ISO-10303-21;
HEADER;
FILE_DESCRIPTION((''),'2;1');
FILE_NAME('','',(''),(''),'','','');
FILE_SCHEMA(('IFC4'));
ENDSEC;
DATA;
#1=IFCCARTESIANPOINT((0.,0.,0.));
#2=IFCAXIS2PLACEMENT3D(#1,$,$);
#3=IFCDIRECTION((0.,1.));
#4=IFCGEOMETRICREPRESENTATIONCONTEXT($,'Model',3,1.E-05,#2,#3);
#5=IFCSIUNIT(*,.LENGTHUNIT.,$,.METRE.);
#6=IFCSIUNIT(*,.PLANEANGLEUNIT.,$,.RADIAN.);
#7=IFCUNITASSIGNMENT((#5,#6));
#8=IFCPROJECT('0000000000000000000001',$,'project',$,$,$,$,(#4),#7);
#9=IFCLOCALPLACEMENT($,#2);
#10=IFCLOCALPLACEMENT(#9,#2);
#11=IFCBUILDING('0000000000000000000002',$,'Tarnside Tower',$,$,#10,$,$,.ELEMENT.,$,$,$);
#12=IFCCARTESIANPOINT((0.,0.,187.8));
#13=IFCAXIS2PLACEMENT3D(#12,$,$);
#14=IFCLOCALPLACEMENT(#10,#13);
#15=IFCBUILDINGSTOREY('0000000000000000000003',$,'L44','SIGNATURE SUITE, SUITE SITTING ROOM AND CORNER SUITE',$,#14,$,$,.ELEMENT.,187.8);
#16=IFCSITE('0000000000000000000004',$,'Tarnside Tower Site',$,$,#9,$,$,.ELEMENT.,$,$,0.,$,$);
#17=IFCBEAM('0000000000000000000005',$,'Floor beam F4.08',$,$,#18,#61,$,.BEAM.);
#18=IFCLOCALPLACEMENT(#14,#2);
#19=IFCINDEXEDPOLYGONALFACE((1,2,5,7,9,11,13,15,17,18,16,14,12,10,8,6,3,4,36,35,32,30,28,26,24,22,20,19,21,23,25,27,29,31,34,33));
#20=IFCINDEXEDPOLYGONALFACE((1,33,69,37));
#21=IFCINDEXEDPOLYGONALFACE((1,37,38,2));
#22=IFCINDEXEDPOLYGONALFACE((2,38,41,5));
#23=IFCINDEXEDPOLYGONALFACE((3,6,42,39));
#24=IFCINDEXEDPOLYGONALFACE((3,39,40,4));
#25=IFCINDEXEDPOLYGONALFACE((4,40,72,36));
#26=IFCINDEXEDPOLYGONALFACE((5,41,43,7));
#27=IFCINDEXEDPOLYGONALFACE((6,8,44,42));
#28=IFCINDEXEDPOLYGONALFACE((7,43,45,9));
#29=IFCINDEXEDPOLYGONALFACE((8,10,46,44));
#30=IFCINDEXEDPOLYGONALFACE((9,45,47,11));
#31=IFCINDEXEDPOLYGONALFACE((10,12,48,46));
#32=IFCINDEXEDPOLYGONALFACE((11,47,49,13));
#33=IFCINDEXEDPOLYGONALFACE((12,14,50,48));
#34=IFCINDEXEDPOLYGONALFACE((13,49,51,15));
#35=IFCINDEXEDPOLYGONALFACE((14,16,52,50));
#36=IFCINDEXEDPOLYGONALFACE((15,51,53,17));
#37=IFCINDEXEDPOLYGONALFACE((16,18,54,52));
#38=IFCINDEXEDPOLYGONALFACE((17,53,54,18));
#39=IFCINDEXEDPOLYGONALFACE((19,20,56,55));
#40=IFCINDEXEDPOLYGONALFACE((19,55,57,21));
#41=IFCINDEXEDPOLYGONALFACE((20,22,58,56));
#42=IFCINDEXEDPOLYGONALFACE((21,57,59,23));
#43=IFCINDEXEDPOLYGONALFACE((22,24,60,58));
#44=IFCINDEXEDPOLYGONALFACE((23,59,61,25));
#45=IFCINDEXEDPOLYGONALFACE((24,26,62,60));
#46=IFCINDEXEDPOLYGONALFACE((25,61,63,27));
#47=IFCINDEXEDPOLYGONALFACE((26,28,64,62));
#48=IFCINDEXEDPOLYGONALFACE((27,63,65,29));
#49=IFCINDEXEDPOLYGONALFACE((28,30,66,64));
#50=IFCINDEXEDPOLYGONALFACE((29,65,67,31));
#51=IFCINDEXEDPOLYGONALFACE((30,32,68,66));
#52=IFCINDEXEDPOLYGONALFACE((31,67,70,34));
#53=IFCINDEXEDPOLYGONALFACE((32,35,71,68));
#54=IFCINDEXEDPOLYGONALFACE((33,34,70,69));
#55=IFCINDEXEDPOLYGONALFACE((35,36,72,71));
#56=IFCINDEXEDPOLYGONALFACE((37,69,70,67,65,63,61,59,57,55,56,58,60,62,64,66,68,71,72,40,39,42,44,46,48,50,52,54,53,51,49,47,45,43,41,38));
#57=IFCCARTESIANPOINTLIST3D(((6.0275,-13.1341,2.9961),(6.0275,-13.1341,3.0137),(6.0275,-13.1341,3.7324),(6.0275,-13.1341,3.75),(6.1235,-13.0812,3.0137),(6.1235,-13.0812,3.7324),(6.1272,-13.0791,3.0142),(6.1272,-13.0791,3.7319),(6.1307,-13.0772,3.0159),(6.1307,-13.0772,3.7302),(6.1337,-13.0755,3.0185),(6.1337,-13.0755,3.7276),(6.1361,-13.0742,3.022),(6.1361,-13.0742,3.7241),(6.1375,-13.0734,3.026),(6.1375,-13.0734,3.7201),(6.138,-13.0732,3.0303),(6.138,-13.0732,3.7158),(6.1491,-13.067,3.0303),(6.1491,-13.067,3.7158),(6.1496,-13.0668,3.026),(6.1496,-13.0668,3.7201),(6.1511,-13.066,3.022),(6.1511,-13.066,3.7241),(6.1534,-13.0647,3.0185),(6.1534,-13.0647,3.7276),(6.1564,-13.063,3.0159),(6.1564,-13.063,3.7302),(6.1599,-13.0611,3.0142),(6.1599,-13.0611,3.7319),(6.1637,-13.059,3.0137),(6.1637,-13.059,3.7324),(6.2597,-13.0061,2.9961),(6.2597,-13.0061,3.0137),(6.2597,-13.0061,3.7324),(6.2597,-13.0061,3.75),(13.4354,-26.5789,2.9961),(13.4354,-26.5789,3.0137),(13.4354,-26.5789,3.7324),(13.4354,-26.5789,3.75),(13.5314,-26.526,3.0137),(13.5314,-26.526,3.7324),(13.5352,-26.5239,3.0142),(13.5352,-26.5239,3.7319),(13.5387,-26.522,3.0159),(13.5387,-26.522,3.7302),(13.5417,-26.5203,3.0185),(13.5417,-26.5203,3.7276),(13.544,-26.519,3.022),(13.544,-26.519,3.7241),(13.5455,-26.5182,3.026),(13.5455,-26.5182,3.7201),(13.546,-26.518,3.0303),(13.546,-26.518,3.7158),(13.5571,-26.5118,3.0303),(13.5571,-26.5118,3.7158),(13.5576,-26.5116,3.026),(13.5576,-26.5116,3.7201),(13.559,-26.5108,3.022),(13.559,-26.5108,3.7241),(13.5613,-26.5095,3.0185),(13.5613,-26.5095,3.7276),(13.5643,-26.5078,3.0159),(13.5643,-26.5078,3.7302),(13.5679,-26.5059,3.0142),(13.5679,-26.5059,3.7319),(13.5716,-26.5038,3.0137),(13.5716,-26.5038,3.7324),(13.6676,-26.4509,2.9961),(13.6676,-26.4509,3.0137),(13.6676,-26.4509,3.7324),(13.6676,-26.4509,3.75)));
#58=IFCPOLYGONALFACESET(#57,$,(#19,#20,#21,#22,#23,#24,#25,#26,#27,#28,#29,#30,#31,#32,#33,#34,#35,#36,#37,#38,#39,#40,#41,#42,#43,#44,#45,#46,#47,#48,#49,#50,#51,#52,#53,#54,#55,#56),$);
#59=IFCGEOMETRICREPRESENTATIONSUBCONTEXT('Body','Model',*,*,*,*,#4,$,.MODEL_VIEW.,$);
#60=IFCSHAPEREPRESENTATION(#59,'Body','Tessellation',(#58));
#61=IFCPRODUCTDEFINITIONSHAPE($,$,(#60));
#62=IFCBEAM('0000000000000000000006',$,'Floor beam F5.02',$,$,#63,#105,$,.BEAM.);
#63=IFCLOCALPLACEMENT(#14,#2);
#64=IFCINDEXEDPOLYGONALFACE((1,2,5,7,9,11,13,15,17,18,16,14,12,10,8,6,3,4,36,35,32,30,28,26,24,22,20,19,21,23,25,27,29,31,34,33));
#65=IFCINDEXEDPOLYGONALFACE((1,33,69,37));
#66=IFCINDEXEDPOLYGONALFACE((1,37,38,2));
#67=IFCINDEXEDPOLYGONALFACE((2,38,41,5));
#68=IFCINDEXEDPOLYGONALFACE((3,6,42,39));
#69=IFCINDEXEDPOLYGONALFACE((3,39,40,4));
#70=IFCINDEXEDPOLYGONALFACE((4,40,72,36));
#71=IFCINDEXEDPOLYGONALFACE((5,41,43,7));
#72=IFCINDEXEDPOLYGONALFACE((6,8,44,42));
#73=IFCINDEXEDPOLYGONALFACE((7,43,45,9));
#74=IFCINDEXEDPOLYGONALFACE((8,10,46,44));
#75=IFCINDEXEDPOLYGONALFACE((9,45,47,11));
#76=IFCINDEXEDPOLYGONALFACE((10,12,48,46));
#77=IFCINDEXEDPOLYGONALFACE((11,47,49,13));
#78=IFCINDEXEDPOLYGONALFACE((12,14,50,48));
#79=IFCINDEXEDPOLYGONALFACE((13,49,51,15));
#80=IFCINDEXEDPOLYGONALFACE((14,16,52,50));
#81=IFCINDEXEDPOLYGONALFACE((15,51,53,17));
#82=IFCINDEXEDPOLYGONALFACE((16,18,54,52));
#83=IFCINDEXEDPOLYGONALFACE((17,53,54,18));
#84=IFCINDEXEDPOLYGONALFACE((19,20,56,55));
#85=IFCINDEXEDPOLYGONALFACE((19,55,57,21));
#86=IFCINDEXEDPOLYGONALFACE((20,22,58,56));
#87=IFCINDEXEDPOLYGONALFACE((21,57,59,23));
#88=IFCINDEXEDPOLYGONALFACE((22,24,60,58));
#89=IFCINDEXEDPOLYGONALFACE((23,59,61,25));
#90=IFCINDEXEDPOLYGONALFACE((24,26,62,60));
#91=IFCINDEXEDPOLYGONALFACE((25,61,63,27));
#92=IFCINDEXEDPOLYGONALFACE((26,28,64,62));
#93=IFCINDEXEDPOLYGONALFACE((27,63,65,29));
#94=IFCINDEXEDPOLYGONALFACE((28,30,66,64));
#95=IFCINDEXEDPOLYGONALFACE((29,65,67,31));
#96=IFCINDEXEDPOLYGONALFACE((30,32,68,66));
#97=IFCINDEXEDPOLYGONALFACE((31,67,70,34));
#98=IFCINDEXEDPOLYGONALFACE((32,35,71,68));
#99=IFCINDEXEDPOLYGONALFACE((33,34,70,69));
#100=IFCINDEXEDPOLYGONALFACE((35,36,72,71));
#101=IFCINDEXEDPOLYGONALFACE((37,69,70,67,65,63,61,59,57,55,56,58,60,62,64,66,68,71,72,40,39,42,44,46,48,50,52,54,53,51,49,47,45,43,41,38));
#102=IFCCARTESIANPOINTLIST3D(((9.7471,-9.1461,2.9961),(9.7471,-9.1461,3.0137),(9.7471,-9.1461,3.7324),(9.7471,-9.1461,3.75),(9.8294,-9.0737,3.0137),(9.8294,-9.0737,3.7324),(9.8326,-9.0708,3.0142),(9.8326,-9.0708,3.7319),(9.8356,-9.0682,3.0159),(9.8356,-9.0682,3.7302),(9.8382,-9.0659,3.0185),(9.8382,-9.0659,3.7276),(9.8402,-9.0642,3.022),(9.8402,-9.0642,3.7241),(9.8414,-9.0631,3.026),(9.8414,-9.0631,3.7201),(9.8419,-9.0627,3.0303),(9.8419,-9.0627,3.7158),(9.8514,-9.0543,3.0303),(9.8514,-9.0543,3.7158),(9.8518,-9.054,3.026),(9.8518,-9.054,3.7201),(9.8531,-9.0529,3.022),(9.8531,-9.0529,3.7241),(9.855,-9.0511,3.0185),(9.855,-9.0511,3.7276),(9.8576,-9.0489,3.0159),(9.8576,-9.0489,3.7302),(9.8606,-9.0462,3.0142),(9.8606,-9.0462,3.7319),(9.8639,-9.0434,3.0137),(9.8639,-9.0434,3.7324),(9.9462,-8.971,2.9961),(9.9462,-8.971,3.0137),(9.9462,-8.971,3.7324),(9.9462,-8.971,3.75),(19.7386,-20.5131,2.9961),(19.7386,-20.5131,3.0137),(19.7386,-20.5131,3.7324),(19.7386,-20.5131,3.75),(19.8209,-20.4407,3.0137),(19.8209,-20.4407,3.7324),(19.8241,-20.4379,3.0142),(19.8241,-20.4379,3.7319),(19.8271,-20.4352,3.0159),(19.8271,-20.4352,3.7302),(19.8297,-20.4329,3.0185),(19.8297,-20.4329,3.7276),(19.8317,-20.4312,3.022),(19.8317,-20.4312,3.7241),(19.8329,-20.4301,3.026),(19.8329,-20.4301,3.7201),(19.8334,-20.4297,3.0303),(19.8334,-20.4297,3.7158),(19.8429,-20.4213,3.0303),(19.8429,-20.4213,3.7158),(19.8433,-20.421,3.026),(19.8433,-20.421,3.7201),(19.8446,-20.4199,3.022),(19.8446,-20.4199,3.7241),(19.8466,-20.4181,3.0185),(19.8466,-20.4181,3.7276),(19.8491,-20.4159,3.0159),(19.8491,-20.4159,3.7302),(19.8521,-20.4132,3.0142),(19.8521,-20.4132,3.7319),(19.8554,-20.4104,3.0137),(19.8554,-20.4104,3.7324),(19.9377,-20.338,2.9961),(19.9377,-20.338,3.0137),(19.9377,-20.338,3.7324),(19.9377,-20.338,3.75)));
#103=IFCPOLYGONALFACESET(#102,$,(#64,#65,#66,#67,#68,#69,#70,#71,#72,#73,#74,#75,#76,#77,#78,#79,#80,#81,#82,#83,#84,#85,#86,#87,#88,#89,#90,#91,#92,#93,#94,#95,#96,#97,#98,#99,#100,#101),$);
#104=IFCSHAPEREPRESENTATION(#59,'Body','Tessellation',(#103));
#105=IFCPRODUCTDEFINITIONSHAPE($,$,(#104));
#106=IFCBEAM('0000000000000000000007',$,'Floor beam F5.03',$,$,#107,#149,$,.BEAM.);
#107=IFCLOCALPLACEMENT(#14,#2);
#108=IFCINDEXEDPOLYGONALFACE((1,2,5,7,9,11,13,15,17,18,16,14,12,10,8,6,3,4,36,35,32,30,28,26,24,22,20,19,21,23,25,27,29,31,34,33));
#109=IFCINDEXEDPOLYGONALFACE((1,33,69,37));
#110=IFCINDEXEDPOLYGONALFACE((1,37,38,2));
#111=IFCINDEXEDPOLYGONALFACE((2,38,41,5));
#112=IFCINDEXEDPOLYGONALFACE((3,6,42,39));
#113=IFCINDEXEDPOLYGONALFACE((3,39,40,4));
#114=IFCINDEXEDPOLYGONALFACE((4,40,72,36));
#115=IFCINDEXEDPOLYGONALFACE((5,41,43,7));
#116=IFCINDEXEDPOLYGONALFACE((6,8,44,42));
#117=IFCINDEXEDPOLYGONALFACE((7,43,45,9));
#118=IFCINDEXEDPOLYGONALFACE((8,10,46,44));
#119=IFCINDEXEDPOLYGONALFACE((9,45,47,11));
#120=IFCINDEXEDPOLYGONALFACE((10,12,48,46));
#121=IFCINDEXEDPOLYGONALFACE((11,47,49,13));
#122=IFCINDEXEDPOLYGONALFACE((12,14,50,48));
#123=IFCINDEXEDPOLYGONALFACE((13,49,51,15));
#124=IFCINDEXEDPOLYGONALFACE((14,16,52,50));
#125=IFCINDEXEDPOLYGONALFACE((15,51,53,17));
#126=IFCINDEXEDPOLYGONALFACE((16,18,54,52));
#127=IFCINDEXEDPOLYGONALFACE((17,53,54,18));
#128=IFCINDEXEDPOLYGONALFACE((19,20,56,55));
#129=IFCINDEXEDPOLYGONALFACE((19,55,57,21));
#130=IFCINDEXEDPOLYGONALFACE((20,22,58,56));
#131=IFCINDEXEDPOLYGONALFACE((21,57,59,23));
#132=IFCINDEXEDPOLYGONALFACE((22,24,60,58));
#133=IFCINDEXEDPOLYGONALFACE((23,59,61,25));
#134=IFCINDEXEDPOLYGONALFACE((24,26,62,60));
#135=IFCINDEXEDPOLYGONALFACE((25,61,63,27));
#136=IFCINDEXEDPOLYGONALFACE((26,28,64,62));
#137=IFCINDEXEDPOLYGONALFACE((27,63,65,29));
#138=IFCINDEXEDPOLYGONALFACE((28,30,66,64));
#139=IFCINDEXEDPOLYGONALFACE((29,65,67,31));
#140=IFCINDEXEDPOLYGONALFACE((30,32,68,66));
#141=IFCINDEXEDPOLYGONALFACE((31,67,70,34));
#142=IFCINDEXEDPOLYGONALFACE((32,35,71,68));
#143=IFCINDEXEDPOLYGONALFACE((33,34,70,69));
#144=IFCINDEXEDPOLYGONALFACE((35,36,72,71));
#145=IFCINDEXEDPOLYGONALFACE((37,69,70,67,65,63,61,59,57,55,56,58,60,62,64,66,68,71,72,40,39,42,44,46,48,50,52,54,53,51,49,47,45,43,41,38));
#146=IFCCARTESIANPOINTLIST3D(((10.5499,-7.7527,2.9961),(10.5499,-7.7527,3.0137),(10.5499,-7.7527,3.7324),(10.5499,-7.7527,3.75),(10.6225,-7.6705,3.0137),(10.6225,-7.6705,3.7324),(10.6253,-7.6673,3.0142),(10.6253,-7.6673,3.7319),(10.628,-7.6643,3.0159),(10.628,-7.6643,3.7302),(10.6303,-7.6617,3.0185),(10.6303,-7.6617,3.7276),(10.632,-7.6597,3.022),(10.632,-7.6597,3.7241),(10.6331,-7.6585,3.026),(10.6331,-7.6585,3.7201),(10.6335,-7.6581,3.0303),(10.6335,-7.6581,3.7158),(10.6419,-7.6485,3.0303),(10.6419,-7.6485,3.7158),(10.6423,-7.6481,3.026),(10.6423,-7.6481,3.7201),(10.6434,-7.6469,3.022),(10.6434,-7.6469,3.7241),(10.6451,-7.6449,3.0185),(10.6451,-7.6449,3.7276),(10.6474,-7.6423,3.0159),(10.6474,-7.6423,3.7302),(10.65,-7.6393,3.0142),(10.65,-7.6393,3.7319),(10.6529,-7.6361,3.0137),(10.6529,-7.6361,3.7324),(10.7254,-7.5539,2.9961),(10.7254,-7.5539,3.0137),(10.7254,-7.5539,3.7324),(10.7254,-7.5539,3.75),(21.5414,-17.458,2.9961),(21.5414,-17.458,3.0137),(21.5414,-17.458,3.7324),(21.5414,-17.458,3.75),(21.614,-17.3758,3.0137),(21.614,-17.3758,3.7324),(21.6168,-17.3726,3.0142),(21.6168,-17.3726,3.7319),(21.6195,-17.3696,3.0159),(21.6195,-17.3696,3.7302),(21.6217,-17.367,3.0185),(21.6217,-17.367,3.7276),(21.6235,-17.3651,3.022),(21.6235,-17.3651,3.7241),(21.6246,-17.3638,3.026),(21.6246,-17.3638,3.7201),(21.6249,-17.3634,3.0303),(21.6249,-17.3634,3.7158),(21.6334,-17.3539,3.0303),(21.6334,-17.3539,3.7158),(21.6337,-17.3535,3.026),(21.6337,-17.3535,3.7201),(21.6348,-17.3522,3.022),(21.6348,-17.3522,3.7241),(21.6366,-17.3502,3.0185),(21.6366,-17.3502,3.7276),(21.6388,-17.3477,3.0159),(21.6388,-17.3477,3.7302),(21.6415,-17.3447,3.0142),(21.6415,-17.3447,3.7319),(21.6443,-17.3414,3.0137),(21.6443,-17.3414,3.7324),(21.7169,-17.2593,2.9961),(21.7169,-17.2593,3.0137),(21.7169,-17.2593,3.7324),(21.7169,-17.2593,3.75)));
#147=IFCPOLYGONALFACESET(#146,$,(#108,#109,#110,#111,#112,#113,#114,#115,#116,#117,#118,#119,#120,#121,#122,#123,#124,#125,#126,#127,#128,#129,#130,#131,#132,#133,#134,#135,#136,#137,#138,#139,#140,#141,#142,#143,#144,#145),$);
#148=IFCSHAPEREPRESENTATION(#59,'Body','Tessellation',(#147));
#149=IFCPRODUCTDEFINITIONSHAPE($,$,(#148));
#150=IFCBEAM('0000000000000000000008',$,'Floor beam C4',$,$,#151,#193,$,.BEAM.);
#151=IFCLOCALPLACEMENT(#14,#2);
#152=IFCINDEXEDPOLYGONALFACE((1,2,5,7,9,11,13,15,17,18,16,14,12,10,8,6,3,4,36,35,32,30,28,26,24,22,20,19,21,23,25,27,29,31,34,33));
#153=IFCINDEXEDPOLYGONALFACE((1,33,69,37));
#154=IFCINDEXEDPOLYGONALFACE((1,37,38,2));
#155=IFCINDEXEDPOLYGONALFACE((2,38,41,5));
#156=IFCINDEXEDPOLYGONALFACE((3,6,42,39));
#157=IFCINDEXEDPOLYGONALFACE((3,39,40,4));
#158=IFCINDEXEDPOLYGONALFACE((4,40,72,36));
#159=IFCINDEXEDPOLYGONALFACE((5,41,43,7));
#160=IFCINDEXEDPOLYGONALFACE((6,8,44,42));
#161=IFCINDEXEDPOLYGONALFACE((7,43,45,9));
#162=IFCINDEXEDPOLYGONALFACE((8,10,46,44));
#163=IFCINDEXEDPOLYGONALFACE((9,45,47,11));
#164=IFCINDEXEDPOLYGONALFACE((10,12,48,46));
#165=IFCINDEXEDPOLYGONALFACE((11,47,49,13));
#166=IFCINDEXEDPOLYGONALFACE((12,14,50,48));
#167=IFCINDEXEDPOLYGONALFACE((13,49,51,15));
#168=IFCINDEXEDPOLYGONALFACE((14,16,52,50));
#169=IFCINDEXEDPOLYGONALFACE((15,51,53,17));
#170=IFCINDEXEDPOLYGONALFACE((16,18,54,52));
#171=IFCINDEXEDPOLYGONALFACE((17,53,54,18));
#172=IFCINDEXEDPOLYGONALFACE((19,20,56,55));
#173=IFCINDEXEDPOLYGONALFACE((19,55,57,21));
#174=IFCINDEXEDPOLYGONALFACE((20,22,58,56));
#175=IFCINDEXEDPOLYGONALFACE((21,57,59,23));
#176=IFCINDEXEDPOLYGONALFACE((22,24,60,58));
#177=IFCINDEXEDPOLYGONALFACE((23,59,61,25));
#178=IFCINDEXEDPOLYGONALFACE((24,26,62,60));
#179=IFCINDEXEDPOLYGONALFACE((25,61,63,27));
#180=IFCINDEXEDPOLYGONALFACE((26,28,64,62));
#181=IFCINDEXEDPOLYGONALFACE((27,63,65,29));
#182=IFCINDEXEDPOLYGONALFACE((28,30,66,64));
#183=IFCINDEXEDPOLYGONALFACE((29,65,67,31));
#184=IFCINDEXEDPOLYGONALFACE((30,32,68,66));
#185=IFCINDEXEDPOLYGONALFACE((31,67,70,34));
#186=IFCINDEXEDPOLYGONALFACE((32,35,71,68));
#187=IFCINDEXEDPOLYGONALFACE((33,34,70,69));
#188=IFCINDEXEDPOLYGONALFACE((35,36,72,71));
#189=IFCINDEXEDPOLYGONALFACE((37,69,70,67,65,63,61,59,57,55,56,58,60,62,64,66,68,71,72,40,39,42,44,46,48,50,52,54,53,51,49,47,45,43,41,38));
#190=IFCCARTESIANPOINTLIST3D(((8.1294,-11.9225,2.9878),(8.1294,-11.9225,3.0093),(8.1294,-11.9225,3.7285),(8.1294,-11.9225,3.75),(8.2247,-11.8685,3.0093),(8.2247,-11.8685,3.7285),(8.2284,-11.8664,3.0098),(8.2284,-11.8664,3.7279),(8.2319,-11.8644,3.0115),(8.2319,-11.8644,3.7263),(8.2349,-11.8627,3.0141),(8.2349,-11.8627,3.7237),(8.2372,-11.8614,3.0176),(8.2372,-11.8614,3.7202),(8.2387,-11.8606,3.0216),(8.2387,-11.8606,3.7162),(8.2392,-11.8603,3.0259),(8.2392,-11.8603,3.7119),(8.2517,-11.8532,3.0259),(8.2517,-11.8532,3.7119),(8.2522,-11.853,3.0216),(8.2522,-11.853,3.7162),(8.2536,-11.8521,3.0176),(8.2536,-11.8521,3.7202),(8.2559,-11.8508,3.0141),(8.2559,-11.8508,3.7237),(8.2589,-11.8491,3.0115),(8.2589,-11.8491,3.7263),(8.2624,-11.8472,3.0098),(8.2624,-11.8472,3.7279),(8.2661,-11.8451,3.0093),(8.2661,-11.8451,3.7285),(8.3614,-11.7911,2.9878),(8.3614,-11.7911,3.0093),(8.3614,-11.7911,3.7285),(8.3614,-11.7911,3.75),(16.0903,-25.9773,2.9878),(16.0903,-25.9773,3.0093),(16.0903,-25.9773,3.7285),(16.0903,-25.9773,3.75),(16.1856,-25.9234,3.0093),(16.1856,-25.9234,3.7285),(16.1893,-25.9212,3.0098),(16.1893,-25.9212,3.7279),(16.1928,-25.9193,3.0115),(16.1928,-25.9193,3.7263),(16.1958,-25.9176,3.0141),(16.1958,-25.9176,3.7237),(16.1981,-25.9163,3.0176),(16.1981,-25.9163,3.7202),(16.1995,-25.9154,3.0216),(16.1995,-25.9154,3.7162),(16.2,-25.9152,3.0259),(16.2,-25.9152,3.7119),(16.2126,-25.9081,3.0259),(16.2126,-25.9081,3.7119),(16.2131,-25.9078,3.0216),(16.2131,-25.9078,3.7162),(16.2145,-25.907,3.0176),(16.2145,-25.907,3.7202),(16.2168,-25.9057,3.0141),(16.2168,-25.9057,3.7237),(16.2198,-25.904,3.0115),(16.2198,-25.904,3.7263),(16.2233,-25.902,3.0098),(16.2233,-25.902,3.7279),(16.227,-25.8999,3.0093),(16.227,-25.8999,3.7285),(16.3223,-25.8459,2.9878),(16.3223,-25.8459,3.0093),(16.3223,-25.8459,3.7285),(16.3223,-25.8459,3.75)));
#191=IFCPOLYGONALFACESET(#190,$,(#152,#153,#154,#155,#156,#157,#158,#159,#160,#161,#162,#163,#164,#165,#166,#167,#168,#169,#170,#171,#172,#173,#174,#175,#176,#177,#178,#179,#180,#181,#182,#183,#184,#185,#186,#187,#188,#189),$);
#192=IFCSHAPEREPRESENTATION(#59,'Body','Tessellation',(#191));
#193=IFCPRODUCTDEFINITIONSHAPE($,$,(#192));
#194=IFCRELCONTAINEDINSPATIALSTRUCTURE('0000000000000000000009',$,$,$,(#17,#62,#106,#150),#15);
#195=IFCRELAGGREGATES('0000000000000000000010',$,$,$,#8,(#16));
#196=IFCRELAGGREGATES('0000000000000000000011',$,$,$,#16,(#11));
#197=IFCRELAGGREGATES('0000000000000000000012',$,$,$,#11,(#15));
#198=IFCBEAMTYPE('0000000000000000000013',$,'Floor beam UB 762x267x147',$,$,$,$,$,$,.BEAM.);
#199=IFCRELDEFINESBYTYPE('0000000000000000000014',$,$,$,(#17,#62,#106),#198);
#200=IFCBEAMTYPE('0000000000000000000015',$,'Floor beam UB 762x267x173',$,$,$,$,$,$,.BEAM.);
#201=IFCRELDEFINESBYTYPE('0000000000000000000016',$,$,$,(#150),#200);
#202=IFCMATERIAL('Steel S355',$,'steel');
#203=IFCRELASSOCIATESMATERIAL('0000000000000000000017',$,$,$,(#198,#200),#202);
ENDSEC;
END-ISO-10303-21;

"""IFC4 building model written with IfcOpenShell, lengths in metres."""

from ifc_helpers import new_model, si_unit, direction, frame, origin, origin_2d, place, context, subcontext, project, spatial, i_section, extrude, material, material_profile, profile_set, type_object, element, save


model = new_model("IFC4")

# Units and contexts
model_context = context("Model", 3, precision=1e-05, world=origin(), true_north=direction((0.0, 1.0)))
body_context = subcontext(model_context, "Body", "Model", "MODEL_VIEW")
ifc_project = project(units=[si_unit("LENGTHUNIT", "METRE"), si_unit("PLANEANGLEUNIT", "RADIAN")], contexts=[model_context])

# Site, building, storey
site_placement = place(None, origin())
site = spatial("IfcSite", under=ifc_project, at=site_placement, Name="Tarnside Tower Site", CompositionType="ELEMENT", RefElevation=0.0)
building_placement = place(site_placement, origin())
building = spatial("IfcBuilding", under=site, at=building_placement, Name="Tarnside Tower", CompositionType="ELEMENT")
storey_placement = place(building_placement, frame((0.0, 0.0, 187.8)))
storey = spatial("IfcBuildingStorey", under=building, at=storey_placement, Name="L44", Description="SIGNATURE SUITE, SUITE SITTING ROOM AND CORNER SUITE", CompositionType="ELEMENT", Elevation=187.8)

# Beams
ifc_material_1 = material(Name="Steel S355", Category="steel")
ifc_material_profile_1 = material_profile(ifc_material_1, i_section(OverallWidth=0.2651, OverallDepth=0.7539, WebThickness=0.0127, FlangeThickness=0.0176, FilletRadius=0.0166, at=origin_2d()), Name="UB 762x267x147")
ifc_profile_set_1 = profile_set([ifc_material_profile_1], Name="Steel S355")
beam_type_1 = type_object("IfcBeamType", Name="Floor beam UB 762x267x147", PredefinedType="BEAM", material=ifc_profile_set_1)
beam_1_placement = place(storey_placement, frame((13.5515, -26.5149, 3.373), z_axis=(-0.482584, 0.87585, 0.0), x_axis=(-0.87585, -0.482584, 0.0)))
element("IfcBeam", 1, at=beam_1_placement, inside=storey, type_object=beam_type_1, Name="Floor beam F4.08", PredefinedType="BEAM", context=body_context, shape_type="SweptSolid", body=[
    extrude(i_section(OverallWidth=0.2651, OverallDepth=0.7539, WebThickness=0.0127, FlangeThickness=0.0176, FilletRadius=0.0166, at=origin_2d()), origin(), (0.0, 0.0, 1.0), 15.3506),
])
beam_2_placement = place(storey_placement, frame((19.8381, -20.4255, 3.373), z_axis=(-0.660201, 0.751089, 0.0), x_axis=(-0.751089, -0.660201, 0.0)))
element("IfcBeam", 2, at=beam_2_placement, inside=storey, type_object=beam_type_1, Name="Floor beam F5.02", PredefinedType="BEAM", context=body_context, shape_type="SweptSolid", body=[
    extrude(i_section(OverallWidth=0.2651, OverallDepth=0.7539, WebThickness=0.0127, FlangeThickness=0.0176, FilletRadius=0.0166, at=origin_2d()), origin(), (0.0, 0.0, 1.0), 15.134),
])
beam_3_placement = place(storey_placement, frame((21.6292, -17.3586, 3.373), z_axis=(-0.749602, 0.661889, 0.0), x_axis=(-0.661889, -0.749602, 0.0)))
element("IfcBeam", 3, at=beam_3_placement, inside=storey, type_object=beam_type_1, Name="Floor beam F5.03", PredefinedType="BEAM", context=body_context, shape_type="SweptSolid", body=[
    extrude(i_section(OverallWidth=0.2651, OverallDepth=0.7539, WebThickness=0.0127, FlangeThickness=0.0176, FilletRadius=0.0166, at=origin_2d()), origin(), (0.0, 0.0, 1.0), 14.6631),
])
ifc_material_profile_2 = material_profile(ifc_material_1, i_section(OverallWidth=0.2666, OverallDepth=0.7622, WebThickness=0.0144, FlangeThickness=0.0215, FilletRadius=0.0166, at=origin_2d()), Name="UB 762x267x173")
ifc_profile_set_2 = profile_set([ifc_material_profile_2], Name="Steel S355")
beam_type_2 = type_object("IfcBeamType", Name="Floor beam UB 762x267x173", PredefinedType="BEAM", material=ifc_profile_set_2)
beam_4_placement = place(storey_placement, frame((16.2063, -25.9116, 3.3689), z_axis=(-0.492847, 0.870116, 0.0), x_axis=(-0.870116, -0.492847, 0.0)))
element("IfcBeam", 4, at=beam_4_placement, inside=storey, type_object=beam_type_2, Name="Floor beam C4", PredefinedType="BEAM", context=body_context, shape_type="SweptSolid", body=[
    extrude(i_section(OverallWidth=0.2666, OverallDepth=0.7622, WebThickness=0.0144, FlangeThickness=0.0215, FilletRadius=0.0166, at=origin_2d()), origin(), (0.0, 0.0, 1.0), 16.1528),
])

save(model, "model.ifc")
